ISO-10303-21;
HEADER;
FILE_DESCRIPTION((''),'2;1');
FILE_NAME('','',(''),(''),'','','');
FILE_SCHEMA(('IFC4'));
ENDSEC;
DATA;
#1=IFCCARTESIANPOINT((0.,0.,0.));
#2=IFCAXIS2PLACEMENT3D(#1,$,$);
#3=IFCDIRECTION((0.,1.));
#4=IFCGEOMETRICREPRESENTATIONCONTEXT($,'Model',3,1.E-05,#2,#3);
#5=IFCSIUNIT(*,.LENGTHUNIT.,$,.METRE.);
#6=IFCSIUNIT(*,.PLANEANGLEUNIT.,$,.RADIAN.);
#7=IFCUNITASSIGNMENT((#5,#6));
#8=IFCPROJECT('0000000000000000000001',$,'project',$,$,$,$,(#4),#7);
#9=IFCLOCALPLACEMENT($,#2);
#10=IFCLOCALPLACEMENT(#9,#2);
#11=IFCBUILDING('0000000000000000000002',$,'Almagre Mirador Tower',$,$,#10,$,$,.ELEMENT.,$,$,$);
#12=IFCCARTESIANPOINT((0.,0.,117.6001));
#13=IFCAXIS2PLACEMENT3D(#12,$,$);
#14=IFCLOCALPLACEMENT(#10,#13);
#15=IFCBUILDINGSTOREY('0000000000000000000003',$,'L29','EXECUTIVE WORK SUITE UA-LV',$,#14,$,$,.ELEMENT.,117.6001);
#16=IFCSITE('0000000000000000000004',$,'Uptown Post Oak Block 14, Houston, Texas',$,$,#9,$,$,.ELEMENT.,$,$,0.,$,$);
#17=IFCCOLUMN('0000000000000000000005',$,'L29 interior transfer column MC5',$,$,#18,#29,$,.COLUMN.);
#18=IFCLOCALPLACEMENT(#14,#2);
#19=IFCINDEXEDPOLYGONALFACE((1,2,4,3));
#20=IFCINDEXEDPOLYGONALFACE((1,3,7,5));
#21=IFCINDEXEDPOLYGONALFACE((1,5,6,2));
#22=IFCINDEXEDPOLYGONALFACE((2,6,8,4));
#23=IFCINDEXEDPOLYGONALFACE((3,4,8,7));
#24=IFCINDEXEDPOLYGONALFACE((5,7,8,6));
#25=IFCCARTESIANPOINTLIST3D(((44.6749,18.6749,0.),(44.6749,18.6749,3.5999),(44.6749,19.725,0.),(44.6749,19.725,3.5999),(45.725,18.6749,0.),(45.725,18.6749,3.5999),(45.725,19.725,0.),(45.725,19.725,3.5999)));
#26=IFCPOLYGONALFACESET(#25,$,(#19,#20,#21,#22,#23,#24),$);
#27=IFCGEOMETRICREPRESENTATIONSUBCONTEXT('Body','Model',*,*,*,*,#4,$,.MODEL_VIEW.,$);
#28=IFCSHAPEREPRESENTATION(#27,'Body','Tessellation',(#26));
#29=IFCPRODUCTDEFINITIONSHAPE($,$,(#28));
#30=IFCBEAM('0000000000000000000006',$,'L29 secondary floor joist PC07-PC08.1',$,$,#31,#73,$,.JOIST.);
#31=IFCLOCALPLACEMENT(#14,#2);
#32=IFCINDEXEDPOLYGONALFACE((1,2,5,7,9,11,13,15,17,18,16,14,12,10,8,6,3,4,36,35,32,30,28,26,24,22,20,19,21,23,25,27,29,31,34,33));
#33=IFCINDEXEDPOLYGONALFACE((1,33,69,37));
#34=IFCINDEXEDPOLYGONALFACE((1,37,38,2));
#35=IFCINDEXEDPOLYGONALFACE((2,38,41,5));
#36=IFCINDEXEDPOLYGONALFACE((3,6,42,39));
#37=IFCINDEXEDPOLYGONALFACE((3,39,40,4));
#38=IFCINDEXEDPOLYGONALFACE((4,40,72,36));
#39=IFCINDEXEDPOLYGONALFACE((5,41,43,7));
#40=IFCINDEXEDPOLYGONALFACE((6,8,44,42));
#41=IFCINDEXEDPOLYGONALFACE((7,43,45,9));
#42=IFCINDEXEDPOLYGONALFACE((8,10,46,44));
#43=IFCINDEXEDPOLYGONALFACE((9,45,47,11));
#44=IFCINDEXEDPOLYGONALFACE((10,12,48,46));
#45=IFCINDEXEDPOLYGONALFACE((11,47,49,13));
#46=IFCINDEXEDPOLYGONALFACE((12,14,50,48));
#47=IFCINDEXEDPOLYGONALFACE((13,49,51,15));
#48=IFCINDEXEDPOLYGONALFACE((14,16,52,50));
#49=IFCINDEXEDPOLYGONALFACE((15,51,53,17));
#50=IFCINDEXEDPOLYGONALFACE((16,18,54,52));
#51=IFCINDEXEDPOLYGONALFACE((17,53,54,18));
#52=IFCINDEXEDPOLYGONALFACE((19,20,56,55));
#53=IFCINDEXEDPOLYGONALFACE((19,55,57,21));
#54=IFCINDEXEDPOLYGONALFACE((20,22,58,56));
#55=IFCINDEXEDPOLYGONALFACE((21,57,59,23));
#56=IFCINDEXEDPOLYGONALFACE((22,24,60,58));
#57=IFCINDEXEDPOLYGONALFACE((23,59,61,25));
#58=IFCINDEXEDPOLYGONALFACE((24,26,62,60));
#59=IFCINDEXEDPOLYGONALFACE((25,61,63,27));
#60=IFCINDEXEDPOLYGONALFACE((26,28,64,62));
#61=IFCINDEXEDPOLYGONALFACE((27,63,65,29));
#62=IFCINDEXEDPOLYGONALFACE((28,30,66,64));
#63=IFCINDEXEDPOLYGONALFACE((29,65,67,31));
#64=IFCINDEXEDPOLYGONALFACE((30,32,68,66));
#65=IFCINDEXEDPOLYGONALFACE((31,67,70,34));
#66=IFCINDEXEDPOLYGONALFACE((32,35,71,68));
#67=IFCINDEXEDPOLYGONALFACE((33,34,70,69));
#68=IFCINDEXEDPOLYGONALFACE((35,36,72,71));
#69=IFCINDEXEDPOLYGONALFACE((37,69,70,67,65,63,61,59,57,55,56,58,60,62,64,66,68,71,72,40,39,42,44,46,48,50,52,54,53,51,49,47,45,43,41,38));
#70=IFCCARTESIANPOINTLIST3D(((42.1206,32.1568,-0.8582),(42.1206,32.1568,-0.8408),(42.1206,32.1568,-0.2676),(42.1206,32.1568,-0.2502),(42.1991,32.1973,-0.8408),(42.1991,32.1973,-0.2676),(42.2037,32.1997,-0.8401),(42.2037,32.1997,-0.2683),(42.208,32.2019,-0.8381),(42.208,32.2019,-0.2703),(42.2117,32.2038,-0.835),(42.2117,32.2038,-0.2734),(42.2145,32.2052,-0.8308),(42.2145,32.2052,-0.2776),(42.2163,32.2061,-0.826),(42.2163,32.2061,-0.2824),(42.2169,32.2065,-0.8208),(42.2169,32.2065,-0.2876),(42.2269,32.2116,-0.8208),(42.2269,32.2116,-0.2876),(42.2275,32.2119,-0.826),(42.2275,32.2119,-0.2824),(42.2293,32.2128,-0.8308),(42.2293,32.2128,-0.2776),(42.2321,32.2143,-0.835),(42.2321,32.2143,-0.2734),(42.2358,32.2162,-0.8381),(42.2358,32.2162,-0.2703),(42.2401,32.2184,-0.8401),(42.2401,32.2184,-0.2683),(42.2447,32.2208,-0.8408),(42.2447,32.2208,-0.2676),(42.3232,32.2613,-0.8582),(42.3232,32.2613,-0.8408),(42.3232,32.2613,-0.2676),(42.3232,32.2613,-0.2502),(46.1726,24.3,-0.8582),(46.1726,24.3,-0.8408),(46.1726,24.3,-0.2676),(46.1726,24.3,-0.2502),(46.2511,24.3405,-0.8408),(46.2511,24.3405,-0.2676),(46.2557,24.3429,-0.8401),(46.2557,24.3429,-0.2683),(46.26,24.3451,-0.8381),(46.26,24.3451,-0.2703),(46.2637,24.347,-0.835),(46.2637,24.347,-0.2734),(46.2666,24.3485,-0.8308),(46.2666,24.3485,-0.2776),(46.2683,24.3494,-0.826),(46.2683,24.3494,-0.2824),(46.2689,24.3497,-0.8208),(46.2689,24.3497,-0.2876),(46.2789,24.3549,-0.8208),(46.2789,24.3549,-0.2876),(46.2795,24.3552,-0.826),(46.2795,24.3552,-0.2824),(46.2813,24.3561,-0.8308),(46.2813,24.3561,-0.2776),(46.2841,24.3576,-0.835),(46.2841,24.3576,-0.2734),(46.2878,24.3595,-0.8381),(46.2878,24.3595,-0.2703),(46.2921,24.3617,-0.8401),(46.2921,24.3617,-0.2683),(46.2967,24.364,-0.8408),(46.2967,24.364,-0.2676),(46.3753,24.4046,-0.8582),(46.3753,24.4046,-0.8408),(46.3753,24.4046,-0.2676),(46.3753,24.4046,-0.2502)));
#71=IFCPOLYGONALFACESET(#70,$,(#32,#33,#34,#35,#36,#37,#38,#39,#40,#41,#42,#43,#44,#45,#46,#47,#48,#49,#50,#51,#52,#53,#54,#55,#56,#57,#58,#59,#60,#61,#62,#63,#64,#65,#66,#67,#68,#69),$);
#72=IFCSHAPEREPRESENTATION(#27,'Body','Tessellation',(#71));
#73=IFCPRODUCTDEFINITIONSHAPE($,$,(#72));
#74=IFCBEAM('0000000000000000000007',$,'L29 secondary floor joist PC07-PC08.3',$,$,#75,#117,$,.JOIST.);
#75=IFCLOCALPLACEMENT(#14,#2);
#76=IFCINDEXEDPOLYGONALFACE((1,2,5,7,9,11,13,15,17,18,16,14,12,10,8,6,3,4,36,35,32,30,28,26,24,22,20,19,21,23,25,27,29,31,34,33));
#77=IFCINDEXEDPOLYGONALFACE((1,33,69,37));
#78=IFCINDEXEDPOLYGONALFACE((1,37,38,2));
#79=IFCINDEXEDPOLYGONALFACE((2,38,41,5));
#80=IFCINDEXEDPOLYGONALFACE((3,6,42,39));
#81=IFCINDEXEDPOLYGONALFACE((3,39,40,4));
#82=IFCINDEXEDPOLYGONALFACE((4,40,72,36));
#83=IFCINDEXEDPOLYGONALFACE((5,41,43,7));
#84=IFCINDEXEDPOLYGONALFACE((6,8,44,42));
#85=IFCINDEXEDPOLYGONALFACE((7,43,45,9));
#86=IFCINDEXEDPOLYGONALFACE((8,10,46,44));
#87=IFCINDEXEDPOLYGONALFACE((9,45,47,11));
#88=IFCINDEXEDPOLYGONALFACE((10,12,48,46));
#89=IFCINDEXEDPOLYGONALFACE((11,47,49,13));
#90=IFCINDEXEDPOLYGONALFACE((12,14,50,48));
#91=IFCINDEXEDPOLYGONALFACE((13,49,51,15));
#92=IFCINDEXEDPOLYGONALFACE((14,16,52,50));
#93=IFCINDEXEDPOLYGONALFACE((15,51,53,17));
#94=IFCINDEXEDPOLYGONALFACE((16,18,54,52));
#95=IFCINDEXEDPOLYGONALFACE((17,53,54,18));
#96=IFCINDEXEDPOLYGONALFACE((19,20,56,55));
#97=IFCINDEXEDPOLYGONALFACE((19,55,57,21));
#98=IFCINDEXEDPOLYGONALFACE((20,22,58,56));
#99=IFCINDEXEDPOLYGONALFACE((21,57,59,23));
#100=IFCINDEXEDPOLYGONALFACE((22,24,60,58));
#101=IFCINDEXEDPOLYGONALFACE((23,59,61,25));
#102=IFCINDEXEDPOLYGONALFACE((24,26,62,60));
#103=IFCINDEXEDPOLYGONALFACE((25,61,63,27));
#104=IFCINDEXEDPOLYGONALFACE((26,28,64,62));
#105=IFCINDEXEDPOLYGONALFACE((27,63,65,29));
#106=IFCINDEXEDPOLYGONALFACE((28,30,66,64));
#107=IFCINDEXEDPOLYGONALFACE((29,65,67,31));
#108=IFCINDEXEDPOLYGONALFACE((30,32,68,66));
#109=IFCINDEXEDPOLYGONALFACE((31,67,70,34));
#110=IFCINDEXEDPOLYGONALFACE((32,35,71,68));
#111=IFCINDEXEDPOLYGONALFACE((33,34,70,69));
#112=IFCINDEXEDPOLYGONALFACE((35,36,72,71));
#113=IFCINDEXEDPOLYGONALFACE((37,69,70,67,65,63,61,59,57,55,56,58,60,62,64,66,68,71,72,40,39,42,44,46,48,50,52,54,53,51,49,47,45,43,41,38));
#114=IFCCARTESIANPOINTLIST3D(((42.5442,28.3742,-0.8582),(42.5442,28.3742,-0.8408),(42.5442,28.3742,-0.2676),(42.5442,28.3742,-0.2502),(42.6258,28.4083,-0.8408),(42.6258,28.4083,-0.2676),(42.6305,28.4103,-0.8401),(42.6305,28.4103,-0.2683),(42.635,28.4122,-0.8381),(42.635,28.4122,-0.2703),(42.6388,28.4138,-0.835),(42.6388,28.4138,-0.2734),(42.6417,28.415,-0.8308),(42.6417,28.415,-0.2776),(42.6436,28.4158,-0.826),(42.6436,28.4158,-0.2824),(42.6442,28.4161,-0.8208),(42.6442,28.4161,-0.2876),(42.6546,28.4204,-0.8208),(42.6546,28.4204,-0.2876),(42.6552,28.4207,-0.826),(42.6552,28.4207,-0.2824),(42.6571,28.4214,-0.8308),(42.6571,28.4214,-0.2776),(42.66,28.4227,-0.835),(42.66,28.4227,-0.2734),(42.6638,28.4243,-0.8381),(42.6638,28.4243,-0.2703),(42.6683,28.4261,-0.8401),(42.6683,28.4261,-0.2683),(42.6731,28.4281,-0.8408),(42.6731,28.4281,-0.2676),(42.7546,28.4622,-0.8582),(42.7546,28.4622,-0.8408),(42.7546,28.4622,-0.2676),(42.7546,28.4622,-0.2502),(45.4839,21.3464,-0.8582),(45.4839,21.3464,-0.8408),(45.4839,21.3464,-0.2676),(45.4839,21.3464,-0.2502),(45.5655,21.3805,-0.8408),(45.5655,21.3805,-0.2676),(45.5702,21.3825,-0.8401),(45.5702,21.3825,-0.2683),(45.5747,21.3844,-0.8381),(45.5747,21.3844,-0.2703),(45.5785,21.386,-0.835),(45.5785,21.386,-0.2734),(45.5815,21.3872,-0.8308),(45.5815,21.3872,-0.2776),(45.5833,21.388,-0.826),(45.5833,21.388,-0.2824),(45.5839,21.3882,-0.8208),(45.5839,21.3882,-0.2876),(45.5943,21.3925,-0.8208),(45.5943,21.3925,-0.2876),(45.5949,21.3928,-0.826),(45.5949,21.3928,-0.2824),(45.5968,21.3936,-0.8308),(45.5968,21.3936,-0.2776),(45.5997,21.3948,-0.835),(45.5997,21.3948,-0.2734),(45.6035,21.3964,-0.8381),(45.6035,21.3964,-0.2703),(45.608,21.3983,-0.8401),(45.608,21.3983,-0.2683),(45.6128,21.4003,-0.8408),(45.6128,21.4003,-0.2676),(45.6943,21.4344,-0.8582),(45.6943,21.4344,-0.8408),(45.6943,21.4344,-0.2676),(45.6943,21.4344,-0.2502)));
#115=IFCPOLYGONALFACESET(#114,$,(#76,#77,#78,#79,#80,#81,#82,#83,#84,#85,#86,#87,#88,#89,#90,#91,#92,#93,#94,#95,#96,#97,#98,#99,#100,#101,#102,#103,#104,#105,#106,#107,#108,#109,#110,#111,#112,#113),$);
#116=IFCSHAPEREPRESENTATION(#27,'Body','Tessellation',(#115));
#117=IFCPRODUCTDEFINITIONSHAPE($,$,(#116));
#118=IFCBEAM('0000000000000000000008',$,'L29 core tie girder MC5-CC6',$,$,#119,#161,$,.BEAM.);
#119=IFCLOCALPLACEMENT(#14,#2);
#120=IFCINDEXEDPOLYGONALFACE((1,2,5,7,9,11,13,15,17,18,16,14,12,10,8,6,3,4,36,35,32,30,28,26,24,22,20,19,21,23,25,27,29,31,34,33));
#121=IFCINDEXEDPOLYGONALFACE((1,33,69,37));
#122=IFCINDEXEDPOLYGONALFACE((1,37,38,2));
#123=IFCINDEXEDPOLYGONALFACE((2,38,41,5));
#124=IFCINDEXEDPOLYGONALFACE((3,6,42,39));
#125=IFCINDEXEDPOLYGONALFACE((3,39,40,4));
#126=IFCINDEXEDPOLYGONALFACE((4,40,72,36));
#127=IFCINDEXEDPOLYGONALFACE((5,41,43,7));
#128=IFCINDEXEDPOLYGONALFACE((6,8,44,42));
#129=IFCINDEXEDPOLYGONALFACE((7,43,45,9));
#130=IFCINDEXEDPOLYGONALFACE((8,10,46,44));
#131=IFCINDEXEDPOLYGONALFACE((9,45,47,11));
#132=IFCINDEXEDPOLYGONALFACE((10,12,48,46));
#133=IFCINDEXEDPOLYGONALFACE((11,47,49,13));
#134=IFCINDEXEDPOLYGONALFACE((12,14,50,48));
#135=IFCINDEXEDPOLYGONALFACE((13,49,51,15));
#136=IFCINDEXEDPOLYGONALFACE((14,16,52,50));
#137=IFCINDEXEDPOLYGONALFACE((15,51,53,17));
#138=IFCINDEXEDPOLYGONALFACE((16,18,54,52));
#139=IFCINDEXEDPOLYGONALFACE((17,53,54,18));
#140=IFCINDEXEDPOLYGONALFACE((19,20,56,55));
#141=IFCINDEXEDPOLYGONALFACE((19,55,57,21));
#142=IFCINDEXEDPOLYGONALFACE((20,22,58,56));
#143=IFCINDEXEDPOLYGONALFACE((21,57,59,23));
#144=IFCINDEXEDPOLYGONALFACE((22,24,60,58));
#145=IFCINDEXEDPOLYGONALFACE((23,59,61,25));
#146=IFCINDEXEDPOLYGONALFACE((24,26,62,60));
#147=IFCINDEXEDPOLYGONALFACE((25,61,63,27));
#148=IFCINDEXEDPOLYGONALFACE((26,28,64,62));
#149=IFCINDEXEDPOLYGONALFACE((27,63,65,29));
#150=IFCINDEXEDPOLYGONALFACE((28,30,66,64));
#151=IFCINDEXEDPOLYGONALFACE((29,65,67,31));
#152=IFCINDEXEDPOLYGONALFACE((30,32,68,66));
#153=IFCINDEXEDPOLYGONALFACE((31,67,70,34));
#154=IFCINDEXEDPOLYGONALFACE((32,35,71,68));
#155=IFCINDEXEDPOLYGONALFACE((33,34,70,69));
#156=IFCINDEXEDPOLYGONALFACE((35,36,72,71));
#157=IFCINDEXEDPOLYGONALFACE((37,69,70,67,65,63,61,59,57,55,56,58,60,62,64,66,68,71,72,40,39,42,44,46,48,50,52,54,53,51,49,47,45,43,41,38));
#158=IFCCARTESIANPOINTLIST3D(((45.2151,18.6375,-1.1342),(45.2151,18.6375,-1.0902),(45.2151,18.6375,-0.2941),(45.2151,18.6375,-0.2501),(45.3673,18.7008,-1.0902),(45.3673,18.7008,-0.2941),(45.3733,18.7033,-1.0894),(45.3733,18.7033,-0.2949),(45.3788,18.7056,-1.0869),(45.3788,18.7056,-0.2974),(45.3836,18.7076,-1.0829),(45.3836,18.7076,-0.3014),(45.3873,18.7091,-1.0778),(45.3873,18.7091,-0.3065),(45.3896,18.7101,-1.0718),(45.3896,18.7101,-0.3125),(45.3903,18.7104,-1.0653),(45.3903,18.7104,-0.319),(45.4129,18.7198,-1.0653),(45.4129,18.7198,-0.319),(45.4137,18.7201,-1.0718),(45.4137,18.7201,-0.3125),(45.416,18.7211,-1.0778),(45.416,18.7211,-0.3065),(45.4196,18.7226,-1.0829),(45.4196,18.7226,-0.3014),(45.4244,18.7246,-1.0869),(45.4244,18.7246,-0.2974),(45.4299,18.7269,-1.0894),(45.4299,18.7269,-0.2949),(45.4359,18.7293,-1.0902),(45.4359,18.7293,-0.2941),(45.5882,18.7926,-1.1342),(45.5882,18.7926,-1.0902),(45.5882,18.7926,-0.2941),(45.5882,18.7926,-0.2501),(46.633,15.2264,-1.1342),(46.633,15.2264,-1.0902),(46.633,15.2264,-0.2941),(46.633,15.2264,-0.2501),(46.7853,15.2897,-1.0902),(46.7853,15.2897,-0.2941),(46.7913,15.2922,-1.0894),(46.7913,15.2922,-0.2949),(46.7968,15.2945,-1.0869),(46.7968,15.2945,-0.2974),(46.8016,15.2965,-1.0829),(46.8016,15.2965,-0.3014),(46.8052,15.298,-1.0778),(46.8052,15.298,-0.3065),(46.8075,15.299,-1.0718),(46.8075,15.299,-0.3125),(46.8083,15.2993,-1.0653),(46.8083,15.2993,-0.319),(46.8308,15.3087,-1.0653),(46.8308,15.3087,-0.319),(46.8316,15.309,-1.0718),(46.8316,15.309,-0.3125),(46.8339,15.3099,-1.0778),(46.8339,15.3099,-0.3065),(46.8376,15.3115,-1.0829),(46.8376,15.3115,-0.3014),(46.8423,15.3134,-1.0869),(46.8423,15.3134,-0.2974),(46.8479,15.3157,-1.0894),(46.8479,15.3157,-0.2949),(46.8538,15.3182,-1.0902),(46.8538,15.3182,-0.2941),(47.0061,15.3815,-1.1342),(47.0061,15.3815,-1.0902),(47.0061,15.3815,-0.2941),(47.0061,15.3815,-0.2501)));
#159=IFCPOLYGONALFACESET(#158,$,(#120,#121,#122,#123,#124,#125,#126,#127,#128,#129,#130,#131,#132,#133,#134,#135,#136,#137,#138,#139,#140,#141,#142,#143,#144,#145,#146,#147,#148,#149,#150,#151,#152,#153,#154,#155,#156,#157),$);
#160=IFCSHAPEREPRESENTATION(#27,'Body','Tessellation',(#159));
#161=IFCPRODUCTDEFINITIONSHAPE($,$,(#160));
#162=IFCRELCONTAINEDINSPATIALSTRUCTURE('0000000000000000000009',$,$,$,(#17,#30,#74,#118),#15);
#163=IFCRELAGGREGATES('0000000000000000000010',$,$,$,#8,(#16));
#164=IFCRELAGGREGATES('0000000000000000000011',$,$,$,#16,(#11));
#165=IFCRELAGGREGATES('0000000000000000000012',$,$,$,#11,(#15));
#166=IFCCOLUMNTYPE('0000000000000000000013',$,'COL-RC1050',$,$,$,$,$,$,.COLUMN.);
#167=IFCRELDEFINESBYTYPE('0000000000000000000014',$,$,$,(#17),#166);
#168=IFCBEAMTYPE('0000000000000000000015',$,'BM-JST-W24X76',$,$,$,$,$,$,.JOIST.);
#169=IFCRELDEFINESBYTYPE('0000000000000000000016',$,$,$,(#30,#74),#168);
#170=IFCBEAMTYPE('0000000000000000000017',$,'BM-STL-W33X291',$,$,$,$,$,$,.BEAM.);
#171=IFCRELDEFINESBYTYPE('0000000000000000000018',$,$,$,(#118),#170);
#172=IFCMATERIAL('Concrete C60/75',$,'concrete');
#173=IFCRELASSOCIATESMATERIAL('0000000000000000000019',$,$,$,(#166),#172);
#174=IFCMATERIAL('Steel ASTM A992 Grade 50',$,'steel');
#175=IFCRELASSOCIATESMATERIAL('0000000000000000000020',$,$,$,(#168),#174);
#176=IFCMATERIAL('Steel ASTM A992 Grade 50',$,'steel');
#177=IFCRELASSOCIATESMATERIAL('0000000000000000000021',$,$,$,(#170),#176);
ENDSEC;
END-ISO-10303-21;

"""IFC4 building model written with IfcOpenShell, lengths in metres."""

from ifc_helpers import new_model, si_unit, direction, frame, origin, origin_2d, place, context, subcontext, project, spatial, rectangle, i_section, extrude, material, material_profile, profile_set, type_object, element, save


model = new_model("IFC4")

# Units and contexts
model_context = context("Model", 3, precision=1e-05, world=origin(), true_north=direction((0.0, 1.0)))
body_context = subcontext(model_context, "Body", "Model", "MODEL_VIEW")
ifc_project = project(units=[si_unit("LENGTHUNIT", "METRE"), si_unit("PLANEANGLEUNIT", "RADIAN")], contexts=[model_context])

# Site, building, storey
site_placement = place(None, origin())
site = spatial("IfcSite", under=ifc_project, at=site_placement, Name="Uptown Post Oak Block 14, Houston, Texas", CompositionType="ELEMENT", RefElevation=0.0)
building_placement = place(site_placement, origin())
building = spatial("IfcBuilding", under=site, at=building_placement, Name="Almagre Mirador Tower", CompositionType="ELEMENT")
storey_placement = place(building_placement, frame((0.0, 0.0, 117.6001)))
storey = spatial("IfcBuildingStorey", under=building, at=storey_placement, Name="L29", Description="EXECUTIVE WORK SUITE UA-LV", CompositionType="ELEMENT", Elevation=117.6001)

# Column
ifc_material_1 = material(Name="Concrete C60/75", Category="concrete")
ifc_material_profile_1 = material_profile(ifc_material_1, rectangle(XDim=1.05, YDim=1.05, at=origin_2d()), Name="RC1050X1050")
ifc_profile_set_1 = profile_set([ifc_material_profile_1], Name="Concrete C60/75")
column_type = type_object("IfcColumnType", Name="COL-RC1050", PredefinedType="COLUMN", material=ifc_profile_set_1)
column_placement = place(storey_placement, frame((45.2, 19.2, 0.0), z_axis=(0.0, 0.0, 1.0), x_axis=(1.0, 0.0, 0.0)))
element("IfcColumn", 1, at=column_placement, inside=storey, type_object=column_type, Name="L29 interior transfer column MC5", PredefinedType="COLUMN", context=body_context, shape_type="SweptSolid", body=[
    extrude(rectangle(XDim=1.05, YDim=1.05, at=origin_2d()), origin(), (0.0, 0.0, 1.0), 3.5999),
])

# Beams
ifc_material_2 = material(Name="Steel ASTM A992 Grade 50", Category="steel")
ifc_material_profile_2 = material_profile(ifc_material_2, i_section(OverallWidth=0.228, OverallDepth=0.6079, WebThickness=0.0112, FlangeThickness=0.0173, FilletRadius=0.02, at=origin_2d()), Name="W24X76")
ifc_profile_set_2 = profile_set([ifc_material_profile_2], Name="Steel ASTM A992 Grade 50")
beam_type_1 = type_object("IfcBeamType", Name="BM-JST-W24X76", PredefinedType="JOIST", material=ifc_profile_set_2)
beam_1_placement = place(storey_placement, frame((46.2739, 24.3523, -0.5542), z_axis=(-0.458369, 0.888762, 0.0), x_axis=(-0.888762, -0.458369, 0.0)))
element("IfcBeam", 2, at=beam_1_placement, inside=storey, type_object=beam_type_1, Name="L29 secondary floor joist PC07-PC08.1", PredefinedType="JOIST", context=body_context, shape_type="SweptSolid", body=[
    extrude(i_section(OverallWidth=0.228, OverallDepth=0.6079, WebThickness=0.0112, FlangeThickness=0.0173, FilletRadius=0.02, at=origin_2d()), origin(), (0.0, 0.0, 1.0), 8.8401),
])
beam_2_placement = place(storey_placement, frame((45.5891, 21.3904, -0.5542), z_axis=(-0.385894, 0.922543, 0.0), x_axis=(-0.922543, -0.385894, 0.0)))
element("IfcBeam", 3, at=beam_2_placement, inside=storey, type_object=beam_type_1, Name="L29 secondary floor joist PC07-PC08.3", PredefinedType="JOIST", context=body_context, shape_type="SweptSolid", body=[
    extrude(i_section(OverallWidth=0.228, OverallDepth=0.6079, WebThickness=0.0112, FlangeThickness=0.0173, FilletRadius=0.02, at=origin_2d()), origin(), (0.0, 0.0, 1.0), 7.6179),
])
ifc_material_3 = material(Name="Steel ASTM A992 Grade 50", Category="steel")
ifc_material_profile_3 = material_profile(ifc_material_3, i_section(OverallWidth=0.4041, OverallDepth=0.884, WebThickness=0.0244, FlangeThickness=0.0439, FilletRadius=0.0249, at=origin_2d()), Name="W33X291")
ifc_profile_set_3 = profile_set([ifc_material_profile_3], Name="Steel ASTM A992 Grade 50")
beam_type_2 = type_object("IfcBeamType", Name="BM-STL-W33X291", PredefinedType="BEAM", material=ifc_profile_set_3)
beam_3_placement = place(storey_placement, frame((45.4016, 18.7151, -0.6921), z_axis=(0.383846, -0.923397, 0.0), x_axis=(0.923397, 0.383846, 0.0)))
element("IfcBeam", 4, at=beam_3_placement, inside=storey, type_object=beam_type_2, Name="L29 core tie girder MC5-CC6", PredefinedType="BEAM", context=body_context, shape_type="SweptSolid", body=[
    extrude(i_section(OverallWidth=0.4041, OverallDepth=0.884, WebThickness=0.0244, FlangeThickness=0.0439, FilletRadius=0.0249, at=origin_2d()), origin(), (0.0, 0.0, 1.0), 3.6941),
])

save(model, "model.ifc")
